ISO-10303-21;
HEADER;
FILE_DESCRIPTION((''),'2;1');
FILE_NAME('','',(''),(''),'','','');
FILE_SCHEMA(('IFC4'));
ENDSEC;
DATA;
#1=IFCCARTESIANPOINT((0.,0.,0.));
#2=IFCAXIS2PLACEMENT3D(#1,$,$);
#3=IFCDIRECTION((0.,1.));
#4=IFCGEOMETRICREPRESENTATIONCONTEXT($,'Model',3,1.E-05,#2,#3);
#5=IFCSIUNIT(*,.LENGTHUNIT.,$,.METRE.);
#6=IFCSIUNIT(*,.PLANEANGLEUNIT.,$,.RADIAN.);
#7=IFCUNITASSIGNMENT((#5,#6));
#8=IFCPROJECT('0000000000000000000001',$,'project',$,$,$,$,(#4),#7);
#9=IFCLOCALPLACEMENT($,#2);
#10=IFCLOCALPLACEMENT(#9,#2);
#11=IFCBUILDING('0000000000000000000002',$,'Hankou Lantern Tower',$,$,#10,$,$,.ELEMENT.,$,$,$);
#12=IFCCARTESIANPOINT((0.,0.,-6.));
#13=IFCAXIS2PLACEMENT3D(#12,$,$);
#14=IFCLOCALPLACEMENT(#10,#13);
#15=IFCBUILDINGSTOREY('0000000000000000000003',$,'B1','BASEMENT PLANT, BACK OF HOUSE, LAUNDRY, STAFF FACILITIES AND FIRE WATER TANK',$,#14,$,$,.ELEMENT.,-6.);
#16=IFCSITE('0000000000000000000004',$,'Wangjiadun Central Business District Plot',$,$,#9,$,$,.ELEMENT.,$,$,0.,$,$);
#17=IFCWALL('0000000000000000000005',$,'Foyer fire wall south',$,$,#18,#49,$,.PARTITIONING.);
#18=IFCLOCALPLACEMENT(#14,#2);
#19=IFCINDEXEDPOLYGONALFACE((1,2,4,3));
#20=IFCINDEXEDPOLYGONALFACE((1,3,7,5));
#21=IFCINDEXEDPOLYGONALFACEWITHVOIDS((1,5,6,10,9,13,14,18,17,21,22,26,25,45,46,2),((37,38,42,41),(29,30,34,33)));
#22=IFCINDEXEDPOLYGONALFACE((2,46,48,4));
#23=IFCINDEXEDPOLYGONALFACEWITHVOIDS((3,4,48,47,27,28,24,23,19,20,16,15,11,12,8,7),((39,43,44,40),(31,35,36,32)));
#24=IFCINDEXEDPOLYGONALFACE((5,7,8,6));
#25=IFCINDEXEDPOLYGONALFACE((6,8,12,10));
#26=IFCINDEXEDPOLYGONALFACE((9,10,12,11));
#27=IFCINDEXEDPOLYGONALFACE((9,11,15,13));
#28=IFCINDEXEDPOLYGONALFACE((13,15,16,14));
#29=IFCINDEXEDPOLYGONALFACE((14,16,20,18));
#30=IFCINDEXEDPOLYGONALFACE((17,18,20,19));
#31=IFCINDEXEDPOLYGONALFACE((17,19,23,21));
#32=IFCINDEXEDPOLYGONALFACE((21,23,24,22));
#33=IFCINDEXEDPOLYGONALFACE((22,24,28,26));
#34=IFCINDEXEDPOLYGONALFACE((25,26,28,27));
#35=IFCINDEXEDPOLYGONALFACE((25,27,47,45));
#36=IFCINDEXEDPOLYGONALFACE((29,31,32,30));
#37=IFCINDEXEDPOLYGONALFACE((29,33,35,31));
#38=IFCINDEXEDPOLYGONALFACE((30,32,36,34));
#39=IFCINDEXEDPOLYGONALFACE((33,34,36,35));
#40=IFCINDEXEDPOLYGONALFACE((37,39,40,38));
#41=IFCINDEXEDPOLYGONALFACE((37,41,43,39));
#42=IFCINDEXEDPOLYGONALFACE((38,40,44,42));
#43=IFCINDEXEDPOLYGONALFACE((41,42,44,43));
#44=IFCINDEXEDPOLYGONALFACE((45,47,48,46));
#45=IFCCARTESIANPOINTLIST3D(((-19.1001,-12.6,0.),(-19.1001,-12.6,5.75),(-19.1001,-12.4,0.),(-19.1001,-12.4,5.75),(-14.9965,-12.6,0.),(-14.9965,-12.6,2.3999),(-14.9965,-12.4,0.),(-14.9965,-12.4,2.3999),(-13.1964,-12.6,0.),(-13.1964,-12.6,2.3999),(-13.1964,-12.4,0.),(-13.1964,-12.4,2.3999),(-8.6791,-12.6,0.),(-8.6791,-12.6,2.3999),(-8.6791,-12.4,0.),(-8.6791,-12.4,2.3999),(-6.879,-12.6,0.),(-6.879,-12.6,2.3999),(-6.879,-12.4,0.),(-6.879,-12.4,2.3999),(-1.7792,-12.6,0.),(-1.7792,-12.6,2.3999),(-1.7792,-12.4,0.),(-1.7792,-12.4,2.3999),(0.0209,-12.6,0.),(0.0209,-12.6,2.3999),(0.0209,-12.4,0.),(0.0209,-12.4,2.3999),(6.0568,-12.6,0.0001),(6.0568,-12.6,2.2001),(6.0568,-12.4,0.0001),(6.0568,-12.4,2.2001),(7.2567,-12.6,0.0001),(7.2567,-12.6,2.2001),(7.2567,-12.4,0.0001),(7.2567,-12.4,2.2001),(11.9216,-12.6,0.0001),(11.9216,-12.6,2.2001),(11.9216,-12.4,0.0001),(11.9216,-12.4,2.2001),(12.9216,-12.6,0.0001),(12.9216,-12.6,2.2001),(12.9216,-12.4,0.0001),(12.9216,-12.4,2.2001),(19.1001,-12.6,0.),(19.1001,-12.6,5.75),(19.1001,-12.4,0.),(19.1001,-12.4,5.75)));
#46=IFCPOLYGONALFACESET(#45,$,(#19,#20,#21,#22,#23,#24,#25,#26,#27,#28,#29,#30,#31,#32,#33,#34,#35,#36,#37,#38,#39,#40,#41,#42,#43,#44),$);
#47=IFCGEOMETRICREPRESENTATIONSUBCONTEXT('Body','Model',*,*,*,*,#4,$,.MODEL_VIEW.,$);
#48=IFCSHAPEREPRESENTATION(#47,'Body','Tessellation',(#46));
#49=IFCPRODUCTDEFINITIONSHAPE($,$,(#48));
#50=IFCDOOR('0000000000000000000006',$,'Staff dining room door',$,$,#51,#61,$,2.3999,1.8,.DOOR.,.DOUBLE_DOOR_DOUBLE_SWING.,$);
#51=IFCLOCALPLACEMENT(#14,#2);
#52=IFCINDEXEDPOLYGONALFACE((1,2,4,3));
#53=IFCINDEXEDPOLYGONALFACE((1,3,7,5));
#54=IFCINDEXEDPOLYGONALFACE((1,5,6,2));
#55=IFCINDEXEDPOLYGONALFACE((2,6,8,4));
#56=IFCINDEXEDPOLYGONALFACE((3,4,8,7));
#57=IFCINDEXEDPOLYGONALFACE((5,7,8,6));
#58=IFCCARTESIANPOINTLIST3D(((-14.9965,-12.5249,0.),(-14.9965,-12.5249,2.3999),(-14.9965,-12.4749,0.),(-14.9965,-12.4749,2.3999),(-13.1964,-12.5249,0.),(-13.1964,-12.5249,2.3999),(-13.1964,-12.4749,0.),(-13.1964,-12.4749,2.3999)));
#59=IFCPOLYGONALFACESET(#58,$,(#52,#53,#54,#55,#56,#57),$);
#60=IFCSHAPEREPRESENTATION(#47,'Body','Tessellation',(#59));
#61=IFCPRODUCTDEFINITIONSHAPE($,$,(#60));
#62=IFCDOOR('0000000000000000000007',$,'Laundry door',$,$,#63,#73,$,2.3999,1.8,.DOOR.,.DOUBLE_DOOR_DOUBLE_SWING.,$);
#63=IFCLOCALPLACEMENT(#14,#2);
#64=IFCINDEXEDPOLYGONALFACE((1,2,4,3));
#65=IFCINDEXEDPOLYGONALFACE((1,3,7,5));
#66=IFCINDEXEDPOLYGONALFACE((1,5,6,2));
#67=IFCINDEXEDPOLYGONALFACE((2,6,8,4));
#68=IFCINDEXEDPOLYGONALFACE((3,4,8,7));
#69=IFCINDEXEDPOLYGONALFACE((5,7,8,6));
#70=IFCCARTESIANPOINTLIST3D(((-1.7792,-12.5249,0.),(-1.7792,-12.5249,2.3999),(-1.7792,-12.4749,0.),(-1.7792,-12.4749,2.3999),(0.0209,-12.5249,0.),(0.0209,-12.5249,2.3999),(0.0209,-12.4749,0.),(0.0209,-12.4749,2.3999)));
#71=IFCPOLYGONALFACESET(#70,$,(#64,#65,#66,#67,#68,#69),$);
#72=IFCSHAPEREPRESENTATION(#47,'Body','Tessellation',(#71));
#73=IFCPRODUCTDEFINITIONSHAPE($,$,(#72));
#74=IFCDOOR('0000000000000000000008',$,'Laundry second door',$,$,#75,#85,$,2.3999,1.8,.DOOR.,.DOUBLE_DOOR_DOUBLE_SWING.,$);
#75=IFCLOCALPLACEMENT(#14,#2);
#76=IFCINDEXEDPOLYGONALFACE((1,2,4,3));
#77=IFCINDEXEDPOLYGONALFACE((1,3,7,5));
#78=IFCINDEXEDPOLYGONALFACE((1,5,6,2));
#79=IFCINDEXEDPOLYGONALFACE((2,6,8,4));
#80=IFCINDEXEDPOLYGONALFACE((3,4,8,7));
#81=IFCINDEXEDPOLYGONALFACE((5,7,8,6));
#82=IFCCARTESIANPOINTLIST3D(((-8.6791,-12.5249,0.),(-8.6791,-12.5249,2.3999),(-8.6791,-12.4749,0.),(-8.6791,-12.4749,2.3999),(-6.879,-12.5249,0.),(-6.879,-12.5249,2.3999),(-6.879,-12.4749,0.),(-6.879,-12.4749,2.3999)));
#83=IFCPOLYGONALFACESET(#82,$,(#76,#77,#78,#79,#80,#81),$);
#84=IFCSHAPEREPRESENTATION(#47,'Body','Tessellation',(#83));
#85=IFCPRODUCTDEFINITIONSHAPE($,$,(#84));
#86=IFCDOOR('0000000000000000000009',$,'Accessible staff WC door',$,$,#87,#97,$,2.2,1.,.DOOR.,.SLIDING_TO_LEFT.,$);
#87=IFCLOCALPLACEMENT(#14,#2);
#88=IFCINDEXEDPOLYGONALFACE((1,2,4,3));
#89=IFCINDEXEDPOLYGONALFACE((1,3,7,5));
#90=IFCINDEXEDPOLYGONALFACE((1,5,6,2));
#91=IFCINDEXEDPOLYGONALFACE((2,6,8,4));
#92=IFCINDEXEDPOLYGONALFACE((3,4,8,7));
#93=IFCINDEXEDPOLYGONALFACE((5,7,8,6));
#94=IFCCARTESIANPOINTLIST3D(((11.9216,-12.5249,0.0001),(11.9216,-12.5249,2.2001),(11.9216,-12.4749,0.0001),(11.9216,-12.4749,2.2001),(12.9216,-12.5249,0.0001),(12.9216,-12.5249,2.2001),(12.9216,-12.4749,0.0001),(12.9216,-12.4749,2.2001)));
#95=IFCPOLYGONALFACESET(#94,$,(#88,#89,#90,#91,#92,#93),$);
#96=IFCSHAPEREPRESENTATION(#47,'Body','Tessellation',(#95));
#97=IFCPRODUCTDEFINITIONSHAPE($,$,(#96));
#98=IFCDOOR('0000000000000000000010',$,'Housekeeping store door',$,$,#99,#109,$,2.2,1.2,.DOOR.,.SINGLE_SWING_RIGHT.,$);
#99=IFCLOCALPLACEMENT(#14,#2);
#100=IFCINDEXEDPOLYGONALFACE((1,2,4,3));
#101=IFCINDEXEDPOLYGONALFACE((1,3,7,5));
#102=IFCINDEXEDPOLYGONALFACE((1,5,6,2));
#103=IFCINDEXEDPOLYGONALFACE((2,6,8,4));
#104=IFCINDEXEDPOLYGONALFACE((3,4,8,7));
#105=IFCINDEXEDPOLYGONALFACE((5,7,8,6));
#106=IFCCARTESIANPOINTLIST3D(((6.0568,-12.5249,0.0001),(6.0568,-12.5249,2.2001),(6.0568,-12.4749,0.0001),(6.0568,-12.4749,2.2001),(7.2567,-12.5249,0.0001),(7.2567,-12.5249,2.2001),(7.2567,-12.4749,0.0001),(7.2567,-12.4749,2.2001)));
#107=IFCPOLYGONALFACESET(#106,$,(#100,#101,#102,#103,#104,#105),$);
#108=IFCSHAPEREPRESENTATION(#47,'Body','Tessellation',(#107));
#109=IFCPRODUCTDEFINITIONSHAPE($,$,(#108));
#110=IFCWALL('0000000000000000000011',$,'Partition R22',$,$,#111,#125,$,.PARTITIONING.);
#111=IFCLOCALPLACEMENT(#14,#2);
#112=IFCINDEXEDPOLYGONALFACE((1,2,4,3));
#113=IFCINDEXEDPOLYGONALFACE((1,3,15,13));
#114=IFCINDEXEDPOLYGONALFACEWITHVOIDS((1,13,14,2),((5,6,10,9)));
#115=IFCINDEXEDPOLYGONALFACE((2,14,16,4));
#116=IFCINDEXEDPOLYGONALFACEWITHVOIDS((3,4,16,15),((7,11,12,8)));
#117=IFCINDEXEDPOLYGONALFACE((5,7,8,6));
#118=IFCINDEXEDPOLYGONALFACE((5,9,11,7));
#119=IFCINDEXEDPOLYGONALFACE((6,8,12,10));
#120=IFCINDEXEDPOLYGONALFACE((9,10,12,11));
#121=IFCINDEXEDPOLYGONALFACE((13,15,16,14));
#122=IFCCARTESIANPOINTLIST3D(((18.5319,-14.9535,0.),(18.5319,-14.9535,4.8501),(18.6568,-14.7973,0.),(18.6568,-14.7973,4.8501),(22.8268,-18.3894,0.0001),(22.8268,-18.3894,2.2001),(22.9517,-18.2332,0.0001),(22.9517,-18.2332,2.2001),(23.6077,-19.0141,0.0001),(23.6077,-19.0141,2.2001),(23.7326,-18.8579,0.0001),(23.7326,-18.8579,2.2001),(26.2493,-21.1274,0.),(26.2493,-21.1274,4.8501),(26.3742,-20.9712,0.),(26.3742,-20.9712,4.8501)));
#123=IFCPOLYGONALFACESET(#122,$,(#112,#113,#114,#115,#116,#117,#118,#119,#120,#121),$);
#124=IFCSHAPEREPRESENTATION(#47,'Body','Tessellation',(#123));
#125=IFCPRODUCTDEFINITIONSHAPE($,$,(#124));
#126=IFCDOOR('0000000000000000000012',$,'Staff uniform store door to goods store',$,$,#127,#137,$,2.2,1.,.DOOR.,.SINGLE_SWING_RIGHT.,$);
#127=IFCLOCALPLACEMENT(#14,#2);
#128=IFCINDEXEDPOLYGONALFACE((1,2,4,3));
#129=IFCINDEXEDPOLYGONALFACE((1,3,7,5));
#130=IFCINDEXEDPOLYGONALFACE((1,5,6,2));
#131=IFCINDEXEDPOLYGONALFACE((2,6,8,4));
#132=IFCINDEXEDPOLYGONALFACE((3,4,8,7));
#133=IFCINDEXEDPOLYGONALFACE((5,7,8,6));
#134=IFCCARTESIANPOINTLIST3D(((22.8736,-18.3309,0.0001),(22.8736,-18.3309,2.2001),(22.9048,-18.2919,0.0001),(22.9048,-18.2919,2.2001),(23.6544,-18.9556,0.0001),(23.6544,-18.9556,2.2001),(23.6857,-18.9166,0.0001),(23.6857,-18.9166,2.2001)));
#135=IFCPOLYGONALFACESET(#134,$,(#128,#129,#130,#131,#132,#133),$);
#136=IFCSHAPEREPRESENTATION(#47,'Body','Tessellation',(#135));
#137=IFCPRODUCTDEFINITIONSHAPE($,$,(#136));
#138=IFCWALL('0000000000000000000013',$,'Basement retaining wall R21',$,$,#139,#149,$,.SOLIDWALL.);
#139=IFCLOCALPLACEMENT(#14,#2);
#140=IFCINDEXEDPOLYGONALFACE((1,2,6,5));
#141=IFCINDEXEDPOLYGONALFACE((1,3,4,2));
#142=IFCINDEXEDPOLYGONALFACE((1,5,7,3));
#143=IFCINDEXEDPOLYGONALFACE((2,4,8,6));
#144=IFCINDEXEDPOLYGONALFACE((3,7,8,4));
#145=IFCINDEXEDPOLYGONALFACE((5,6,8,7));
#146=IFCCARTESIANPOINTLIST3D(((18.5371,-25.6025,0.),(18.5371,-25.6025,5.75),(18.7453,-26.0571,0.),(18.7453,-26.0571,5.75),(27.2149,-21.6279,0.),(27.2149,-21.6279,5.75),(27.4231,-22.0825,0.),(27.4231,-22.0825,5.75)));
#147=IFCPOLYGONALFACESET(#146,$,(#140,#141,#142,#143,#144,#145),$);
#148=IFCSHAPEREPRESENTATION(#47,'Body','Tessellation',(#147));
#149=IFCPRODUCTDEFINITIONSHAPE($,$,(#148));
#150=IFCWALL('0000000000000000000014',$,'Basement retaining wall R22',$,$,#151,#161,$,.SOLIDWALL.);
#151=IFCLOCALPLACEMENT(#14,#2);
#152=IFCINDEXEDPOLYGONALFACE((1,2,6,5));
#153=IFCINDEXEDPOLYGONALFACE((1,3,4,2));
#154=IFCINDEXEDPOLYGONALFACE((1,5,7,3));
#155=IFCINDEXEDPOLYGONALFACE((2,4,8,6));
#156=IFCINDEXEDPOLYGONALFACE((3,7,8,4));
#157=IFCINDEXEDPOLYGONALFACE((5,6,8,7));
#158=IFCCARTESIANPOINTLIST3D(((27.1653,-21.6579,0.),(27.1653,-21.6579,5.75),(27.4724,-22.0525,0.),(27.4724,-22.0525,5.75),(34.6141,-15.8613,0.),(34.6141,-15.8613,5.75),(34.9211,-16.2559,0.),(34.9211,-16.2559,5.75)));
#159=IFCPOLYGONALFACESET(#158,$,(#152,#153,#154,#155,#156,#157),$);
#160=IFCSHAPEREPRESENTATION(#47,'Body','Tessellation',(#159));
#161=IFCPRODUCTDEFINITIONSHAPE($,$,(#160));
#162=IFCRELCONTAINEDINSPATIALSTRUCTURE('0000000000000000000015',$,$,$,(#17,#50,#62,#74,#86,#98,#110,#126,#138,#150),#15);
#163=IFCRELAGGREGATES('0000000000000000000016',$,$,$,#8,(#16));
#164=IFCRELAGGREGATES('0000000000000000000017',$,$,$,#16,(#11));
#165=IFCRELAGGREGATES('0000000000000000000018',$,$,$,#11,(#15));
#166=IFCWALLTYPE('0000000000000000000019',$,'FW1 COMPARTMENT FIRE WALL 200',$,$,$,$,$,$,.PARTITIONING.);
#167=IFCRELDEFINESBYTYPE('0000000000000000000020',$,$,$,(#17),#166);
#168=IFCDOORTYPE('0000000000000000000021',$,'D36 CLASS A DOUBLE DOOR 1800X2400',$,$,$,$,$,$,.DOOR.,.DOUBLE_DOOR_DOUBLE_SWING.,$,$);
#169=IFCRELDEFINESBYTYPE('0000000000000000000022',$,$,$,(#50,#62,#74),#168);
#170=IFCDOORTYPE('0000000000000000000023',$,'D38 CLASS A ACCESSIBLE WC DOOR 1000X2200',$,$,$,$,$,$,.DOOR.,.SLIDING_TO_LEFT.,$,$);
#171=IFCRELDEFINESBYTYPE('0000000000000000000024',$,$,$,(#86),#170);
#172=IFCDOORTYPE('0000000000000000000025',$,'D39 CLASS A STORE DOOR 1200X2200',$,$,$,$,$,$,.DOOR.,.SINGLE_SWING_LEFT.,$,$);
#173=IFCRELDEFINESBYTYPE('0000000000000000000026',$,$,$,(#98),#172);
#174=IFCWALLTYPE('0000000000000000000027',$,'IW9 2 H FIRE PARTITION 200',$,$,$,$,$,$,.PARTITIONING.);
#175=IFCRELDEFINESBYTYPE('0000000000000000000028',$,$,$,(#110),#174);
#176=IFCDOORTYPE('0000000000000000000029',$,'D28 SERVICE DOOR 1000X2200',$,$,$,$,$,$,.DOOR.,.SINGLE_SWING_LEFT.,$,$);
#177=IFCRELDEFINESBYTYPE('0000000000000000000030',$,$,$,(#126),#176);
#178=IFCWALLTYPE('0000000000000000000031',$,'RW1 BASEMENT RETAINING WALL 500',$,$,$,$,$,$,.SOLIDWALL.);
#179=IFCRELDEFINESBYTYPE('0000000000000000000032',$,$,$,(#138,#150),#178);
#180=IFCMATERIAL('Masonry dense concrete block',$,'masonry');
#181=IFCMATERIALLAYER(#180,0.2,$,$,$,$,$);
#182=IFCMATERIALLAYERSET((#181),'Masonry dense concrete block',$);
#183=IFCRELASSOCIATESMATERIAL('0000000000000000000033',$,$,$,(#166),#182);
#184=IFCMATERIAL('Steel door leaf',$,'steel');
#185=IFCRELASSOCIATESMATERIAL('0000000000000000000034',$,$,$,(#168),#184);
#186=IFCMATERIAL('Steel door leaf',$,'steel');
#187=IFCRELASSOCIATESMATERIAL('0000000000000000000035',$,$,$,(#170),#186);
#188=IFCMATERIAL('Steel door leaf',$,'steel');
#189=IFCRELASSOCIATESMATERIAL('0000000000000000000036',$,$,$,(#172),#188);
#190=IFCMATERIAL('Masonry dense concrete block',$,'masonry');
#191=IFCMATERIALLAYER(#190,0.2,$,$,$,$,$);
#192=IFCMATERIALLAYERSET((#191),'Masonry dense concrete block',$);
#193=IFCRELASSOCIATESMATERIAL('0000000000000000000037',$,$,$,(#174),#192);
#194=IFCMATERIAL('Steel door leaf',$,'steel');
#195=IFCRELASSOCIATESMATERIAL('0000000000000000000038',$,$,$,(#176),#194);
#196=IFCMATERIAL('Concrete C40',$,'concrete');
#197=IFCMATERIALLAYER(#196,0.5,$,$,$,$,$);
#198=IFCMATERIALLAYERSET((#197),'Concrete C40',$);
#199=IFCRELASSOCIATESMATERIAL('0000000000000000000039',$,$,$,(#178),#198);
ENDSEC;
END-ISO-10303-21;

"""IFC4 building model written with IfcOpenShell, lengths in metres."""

from ifc_helpers import new_model, si_unit, direction, frame, frame_2d, origin, place, context, subcontext, project, spatial, rectangle, extrude, material, layer, layer_set, type_object, element, fill, save


model = new_model("IFC4")

# Units and contexts
model_context = context("Model", 3, precision=1e-05, world=origin(), true_north=direction((0.0, 1.0)))
body_context = subcontext(model_context, "Body", "Model", "MODEL_VIEW")
ifc_project = project(units=[si_unit("LENGTHUNIT", "METRE"), si_unit("PLANEANGLEUNIT", "RADIAN")], contexts=[model_context])

# Site, building, storey
site_placement = place(None, origin())
site = spatial("IfcSite", under=ifc_project, at=site_placement, Name="Wangjiadun Central Business District Plot", CompositionType="ELEMENT", RefElevation=0.0)
building_placement = place(site_placement, origin())
building = spatial("IfcBuilding", under=site, at=building_placement, Name="Hankou Lantern Tower", CompositionType="ELEMENT")
storey_placement = place(building_placement, frame((0.0, 0.0, -6.0)))
storey = spatial("IfcBuildingStorey", under=building, at=storey_placement, Name="B1", Description="BASEMENT PLANT, BACK OF HOUSE, LAUNDRY, STAFF FACILITIES AND FIRE WATER TANK", CompositionType="ELEMENT", Elevation=-6.0)

# Wall, openings, doors
ifc_material_1 = material(Name="Masonry dense concrete block", Category="masonry")
ifc_layer_1 = layer(ifc_material_1, 0.2)
ifc_layer_set_1 = layer_set([ifc_layer_1], Name="Masonry dense concrete block")
wall_type_1 = type_object("IfcWallType", Name="FW1 COMPARTMENT FIRE WALL 200", PredefinedType="PARTITIONING", material=ifc_layer_set_1)
ifc_material_2 = material(Name="Steel door leaf", Category="steel")
door_type_1 = type_object("IfcDoorType", Name="D36 CLASS A DOUBLE DOOR 1800X2400", OperationType="DOUBLE_DOOR_DOUBLE_SWING", PredefinedType="DOOR", material=ifc_material_2)
wall_1_placement = place(storey_placement, frame((19.1001, -12.5, 0.0), z_axis=(0.0, 0.0, 1.0), x_axis=(-1.0, 0.0, 0.0)))
wall_1 = element("IfcWall", 1, at=wall_1_placement, inside=storey, type_object=wall_type_1, Name="Foyer fire wall south", PredefinedType="PARTITIONING", context=body_context, shape_type="SweptSolid", body=[
    extrude(rectangle(XDim=38.2002, YDim=0.2, at=frame_2d((19.1001, 0.0))), origin(), (0.0, 0.0, 1.0), 5.75),
])
opening_1_placement = place(wall_1_placement, frame((32.2966, 0.0, 0.0)))
opening_1 = element("IfcOpeningElement", 2, at=opening_1_placement, cuts=wall_1, PredefinedType="OPENING", context=body_context, shape_type="SweptSolid", body=[
    extrude(rectangle(XDim=1.8, YDim=2.3999, at=frame_2d((0.8999, 1.2))), frame((0.0, 0.1099, 0.0), z_axis=(0.0, -1.0, 0.0), x_axis=(1.0, 0.0, 0.0)), (0.0, 0.0, 1.0), 0.22),
])
opening_2_placement = place(wall_1_placement, frame((19.0793, 0.0, 0.0)))
opening_2 = element("IfcOpeningElement", 3, at=opening_2_placement, cuts=wall_1, PredefinedType="OPENING", context=body_context, shape_type="SweptSolid", body=[
    extrude(rectangle(XDim=1.8, YDim=2.3999, at=frame_2d((0.8999, 1.2))), frame((0.0, 0.1099, 0.0), z_axis=(0.0, -1.0, 0.0), x_axis=(1.0, 0.0, 0.0)), (0.0, 0.0, 1.0), 0.22),
])
opening_3_placement = place(wall_1_placement, frame((11.8433, 0.0, 0.0)))
opening_3 = element("IfcOpeningElement", 4, at=opening_3_placement, cuts=wall_1, PredefinedType="OPENING", context=body_context, shape_type="SweptSolid", body=[
    extrude(rectangle(XDim=1.2, YDim=2.2, at=frame_2d((0.6001, 1.1001))), frame((0.0, 0.1099, 0.0), z_axis=(0.0, -1.0, 0.0), x_axis=(1.0, 0.0, 0.0)), (0.0, 0.0, 1.0), 0.22),
])
opening_4_placement = place(wall_1_placement, frame((6.1785, 0.0, 0.0)))
opening_4 = element("IfcOpeningElement", 5, at=opening_4_placement, cuts=wall_1, PredefinedType="OPENING", context=body_context, shape_type="SweptSolid", body=[
    extrude(rectangle(XDim=1.0, YDim=2.2, at=frame_2d((0.5, 1.1001))), frame((0.0, 0.1099, 0.0), z_axis=(0.0, -1.0, 0.0), x_axis=(1.0, 0.0, 0.0)), (0.0, 0.0, 1.0), 0.22),
])
opening_5_placement = place(wall_1_placement, frame((25.9792, 0.0, 0.0)))
opening_5 = element("IfcOpeningElement", 6, at=opening_5_placement, cuts=wall_1, PredefinedType="OPENING", context=body_context, shape_type="SweptSolid", body=[
    extrude(rectangle(XDim=1.8, YDim=2.3999, at=frame_2d((0.8999, 1.2))), frame((0.0, 0.1099, 0.0), z_axis=(0.0, -1.0, 0.0), x_axis=(1.0, 0.0, 0.0)), (0.0, 0.0, 1.0), 0.22),
])
door_1_placement = place(opening_1_placement, origin())
door_1 = element("IfcDoor", 7, at=door_1_placement, inside=storey, type_object=door_type_1, Name="Staff dining room door", OperationType="DOUBLE_DOOR_DOUBLE_SWING", OverallHeight=2.3999, OverallWidth=1.8, PredefinedType="DOOR", context=body_context, shape_type="SweptSolid", body=[
    extrude(rectangle(XDim=1.8, YDim=2.3999, at=frame_2d((0.8999, 1.2))), frame((0.0, 0.0249, 0.0), z_axis=(0.0, -1.0, 0.0), x_axis=(1.0, 0.0, 0.0)), (0.0, 0.0, 1.0), 0.05),
])
fill(opening_1, door_1)
door_2_placement = place(opening_2_placement, origin())
door_2 = element("IfcDoor", 8, at=door_2_placement, inside=storey, type_object=door_type_1, Name="Laundry door", OperationType="DOUBLE_DOOR_DOUBLE_SWING", OverallHeight=2.3999, OverallWidth=1.8, PredefinedType="DOOR", context=body_context, shape_type="SweptSolid", body=[
    extrude(rectangle(XDim=1.8, YDim=2.3999, at=frame_2d((0.8999, 1.2))), frame((0.0, 0.0249, 0.0), z_axis=(0.0, -1.0, 0.0), x_axis=(1.0, 0.0, 0.0)), (0.0, 0.0, 1.0), 0.05),
])
fill(opening_2, door_2)
door_3_placement = place(opening_5_placement, origin())
door_3 = element("IfcDoor", 9, at=door_3_placement, inside=storey, type_object=door_type_1, Name="Laundry second door", OperationType="DOUBLE_DOOR_DOUBLE_SWING", OverallHeight=2.3999, OverallWidth=1.8, PredefinedType="DOOR", context=body_context, shape_type="SweptSolid", body=[
    extrude(rectangle(XDim=1.8, YDim=2.3999, at=frame_2d((0.8999, 1.2))), frame((0.0, 0.0249, 0.0), z_axis=(0.0, -1.0, 0.0), x_axis=(1.0, 0.0, 0.0)), (0.0, 0.0, 1.0), 0.05),
])
fill(opening_5, door_3)
ifc_material_3 = material(Name="Steel door leaf", Category="steel")
door_type_2 = type_object("IfcDoorType", Name="D38 CLASS A ACCESSIBLE WC DOOR 1000X2200", OperationType="SLIDING_TO_LEFT", PredefinedType="DOOR", material=ifc_material_3)
door_4_placement = place(opening_4_placement, origin())
door_4 = element("IfcDoor", 10, at=door_4_placement, inside=storey, type_object=door_type_2, Name="Accessible staff WC door", OperationType="SLIDING_TO_LEFT", OverallHeight=2.2, OverallWidth=1.0, PredefinedType="DOOR", context=body_context, shape_type="SweptSolid", body=[
    extrude(rectangle(XDim=1.0, YDim=2.2, at=frame_2d((0.5, 1.1001))), frame((0.0, 0.0249, 0.0), z_axis=(0.0, -1.0, 0.0), x_axis=(1.0, 0.0, 0.0)), (0.0, 0.0, 1.0), 0.05),
])
fill(opening_4, door_4)
ifc_material_4 = material(Name="Steel door leaf", Category="steel")
door_type_3 = type_object("IfcDoorType", Name="D39 CLASS A STORE DOOR 1200X2200", OperationType="SINGLE_SWING_LEFT", PredefinedType="DOOR", material=ifc_material_4)
door_5_placement = place(opening_3_placement, origin())
door_5 = element("IfcDoor", 11, at=door_5_placement, inside=storey, type_object=door_type_3, Name="Housekeeping store door", OperationType="SINGLE_SWING_RIGHT", OverallHeight=2.2, OverallWidth=1.2, PredefinedType="DOOR", context=body_context, shape_type="SweptSolid", body=[
    extrude(rectangle(XDim=1.2, YDim=2.2, at=frame_2d((0.6001, 1.1001))), frame((0.0, 0.0249, 0.0), z_axis=(0.0, -1.0, 0.0), x_axis=(1.0, 0.0, 0.0)), (0.0, 0.0, 1.0), 0.05),
])
fill(opening_3, door_5)

# Wall, opening, door
ifc_material_5 = material(Name="Masonry dense concrete block", Category="masonry")
ifc_layer_2 = layer(ifc_material_5, 0.2)
ifc_layer_set_2 = layer_set([ifc_layer_2], Name="Masonry dense concrete block")
wall_type_2 = type_object("IfcWallType", Name="IW9 2 H FIRE PARTITION 200", PredefinedType="PARTITIONING", material=ifc_layer_set_2)
wall_2_placement = place(storey_placement, frame((18.5945, -14.8755, 0.0), z_axis=(0.0, 0.0, 1.0), x_axis=(0.780869, -0.624695, 0.0)))
wall_2 = element("IfcWall", 12, at=wall_2_placement, inside=storey, type_object=wall_type_2, Name="Partition R22", PredefinedType="PARTITIONING", context=body_context, shape_type="SweptSolid", body=[
    extrude(rectangle(XDim=9.8831, YDim=0.2, at=frame_2d((4.9414, 0.0))), origin(), (0.0, 0.0, 1.0), 4.8501),
])
opening_6_placement = place(wall_2_placement, frame((5.5, 0.0, 0.0)))
opening_6 = element("IfcOpeningElement", 13, at=opening_6_placement, cuts=wall_2, PredefinedType="OPENING", context=body_context, shape_type="SweptSolid", body=[
    extrude(rectangle(XDim=1.0, YDim=2.2, at=frame_2d((0.5, 1.1001))), frame((0.0, 0.1099, 0.0), z_axis=(0.0, -1.0, 0.0), x_axis=(1.0, 0.0, 0.0)), (0.0, 0.0, 1.0), 0.22),
])
ifc_material_6 = material(Name="Steel door leaf", Category="steel")
door_type_4 = type_object("IfcDoorType", Name="D28 SERVICE DOOR 1000X2200", OperationType="SINGLE_SWING_LEFT", PredefinedType="DOOR", material=ifc_material_6)
door_6_placement = place(opening_6_placement, origin())
door_6 = element("IfcDoor", 14, at=door_6_placement, inside=storey, type_object=door_type_4, Name="Staff uniform store door to goods store", OperationType="SINGLE_SWING_RIGHT", OverallHeight=2.2, OverallWidth=1.0, PredefinedType="DOOR", context=body_context, shape_type="SweptSolid", body=[
    extrude(rectangle(XDim=1.0, YDim=2.2, at=frame_2d((0.5, 1.1001))), frame((0.0, 0.0249, 0.0), z_axis=(0.0, -1.0, 0.0), x_axis=(1.0, 0.0, 0.0)), (0.0, 0.0, 1.0), 0.05),
])
fill(opening_6, door_6)

# Walls
ifc_material_7 = material(Name="Concrete C40", Category="concrete")
ifc_layer_3 = layer(ifc_material_7, 0.5)
ifc_layer_set_3 = layer_set([ifc_layer_3], Name="Concrete C40")
wall_type_3 = type_object("IfcWallType", Name="RW1 BASEMENT RETAINING WALL 500", PredefinedType="SOLIDWALL", material=ifc_layer_set_3)
wall_3_placement = place(storey_placement, frame((18.6411, -25.8298, 0.0), z_axis=(0.0, 0.0, 1.0), x_axis=(0.909171, 0.416422, 0.0)))
element("IfcWall", 15, at=wall_3_placement, inside=storey, type_object=wall_type_3, Name="Basement retaining wall R21", PredefinedType="SOLIDWALL", context=body_context, shape_type="SweptSolid", body=[
    extrude(rectangle(XDim=9.5447, YDim=0.5, at=frame_2d((4.7725, 0.0))), origin(), (0.0, 0.0, 1.0), 5.75),
])
wall_4_placement = place(storey_placement, frame((27.3188, -21.8552, 0.0), z_axis=(0.0, 0.0, 1.0), x_axis=(0.789189, 0.61415, 0.0)))
element("IfcWall", 16, at=wall_4_placement, inside=storey, type_object=wall_type_3, Name="Basement retaining wall R22", PredefinedType="SOLIDWALL", context=body_context, shape_type="SweptSolid", body=[
    extrude(rectangle(XDim=9.4385, YDim=0.5, at=frame_2d((4.7192, 0.0))), origin(), (0.0, 0.0, 1.0), 5.75),
])

save(model, "model.ifc")
